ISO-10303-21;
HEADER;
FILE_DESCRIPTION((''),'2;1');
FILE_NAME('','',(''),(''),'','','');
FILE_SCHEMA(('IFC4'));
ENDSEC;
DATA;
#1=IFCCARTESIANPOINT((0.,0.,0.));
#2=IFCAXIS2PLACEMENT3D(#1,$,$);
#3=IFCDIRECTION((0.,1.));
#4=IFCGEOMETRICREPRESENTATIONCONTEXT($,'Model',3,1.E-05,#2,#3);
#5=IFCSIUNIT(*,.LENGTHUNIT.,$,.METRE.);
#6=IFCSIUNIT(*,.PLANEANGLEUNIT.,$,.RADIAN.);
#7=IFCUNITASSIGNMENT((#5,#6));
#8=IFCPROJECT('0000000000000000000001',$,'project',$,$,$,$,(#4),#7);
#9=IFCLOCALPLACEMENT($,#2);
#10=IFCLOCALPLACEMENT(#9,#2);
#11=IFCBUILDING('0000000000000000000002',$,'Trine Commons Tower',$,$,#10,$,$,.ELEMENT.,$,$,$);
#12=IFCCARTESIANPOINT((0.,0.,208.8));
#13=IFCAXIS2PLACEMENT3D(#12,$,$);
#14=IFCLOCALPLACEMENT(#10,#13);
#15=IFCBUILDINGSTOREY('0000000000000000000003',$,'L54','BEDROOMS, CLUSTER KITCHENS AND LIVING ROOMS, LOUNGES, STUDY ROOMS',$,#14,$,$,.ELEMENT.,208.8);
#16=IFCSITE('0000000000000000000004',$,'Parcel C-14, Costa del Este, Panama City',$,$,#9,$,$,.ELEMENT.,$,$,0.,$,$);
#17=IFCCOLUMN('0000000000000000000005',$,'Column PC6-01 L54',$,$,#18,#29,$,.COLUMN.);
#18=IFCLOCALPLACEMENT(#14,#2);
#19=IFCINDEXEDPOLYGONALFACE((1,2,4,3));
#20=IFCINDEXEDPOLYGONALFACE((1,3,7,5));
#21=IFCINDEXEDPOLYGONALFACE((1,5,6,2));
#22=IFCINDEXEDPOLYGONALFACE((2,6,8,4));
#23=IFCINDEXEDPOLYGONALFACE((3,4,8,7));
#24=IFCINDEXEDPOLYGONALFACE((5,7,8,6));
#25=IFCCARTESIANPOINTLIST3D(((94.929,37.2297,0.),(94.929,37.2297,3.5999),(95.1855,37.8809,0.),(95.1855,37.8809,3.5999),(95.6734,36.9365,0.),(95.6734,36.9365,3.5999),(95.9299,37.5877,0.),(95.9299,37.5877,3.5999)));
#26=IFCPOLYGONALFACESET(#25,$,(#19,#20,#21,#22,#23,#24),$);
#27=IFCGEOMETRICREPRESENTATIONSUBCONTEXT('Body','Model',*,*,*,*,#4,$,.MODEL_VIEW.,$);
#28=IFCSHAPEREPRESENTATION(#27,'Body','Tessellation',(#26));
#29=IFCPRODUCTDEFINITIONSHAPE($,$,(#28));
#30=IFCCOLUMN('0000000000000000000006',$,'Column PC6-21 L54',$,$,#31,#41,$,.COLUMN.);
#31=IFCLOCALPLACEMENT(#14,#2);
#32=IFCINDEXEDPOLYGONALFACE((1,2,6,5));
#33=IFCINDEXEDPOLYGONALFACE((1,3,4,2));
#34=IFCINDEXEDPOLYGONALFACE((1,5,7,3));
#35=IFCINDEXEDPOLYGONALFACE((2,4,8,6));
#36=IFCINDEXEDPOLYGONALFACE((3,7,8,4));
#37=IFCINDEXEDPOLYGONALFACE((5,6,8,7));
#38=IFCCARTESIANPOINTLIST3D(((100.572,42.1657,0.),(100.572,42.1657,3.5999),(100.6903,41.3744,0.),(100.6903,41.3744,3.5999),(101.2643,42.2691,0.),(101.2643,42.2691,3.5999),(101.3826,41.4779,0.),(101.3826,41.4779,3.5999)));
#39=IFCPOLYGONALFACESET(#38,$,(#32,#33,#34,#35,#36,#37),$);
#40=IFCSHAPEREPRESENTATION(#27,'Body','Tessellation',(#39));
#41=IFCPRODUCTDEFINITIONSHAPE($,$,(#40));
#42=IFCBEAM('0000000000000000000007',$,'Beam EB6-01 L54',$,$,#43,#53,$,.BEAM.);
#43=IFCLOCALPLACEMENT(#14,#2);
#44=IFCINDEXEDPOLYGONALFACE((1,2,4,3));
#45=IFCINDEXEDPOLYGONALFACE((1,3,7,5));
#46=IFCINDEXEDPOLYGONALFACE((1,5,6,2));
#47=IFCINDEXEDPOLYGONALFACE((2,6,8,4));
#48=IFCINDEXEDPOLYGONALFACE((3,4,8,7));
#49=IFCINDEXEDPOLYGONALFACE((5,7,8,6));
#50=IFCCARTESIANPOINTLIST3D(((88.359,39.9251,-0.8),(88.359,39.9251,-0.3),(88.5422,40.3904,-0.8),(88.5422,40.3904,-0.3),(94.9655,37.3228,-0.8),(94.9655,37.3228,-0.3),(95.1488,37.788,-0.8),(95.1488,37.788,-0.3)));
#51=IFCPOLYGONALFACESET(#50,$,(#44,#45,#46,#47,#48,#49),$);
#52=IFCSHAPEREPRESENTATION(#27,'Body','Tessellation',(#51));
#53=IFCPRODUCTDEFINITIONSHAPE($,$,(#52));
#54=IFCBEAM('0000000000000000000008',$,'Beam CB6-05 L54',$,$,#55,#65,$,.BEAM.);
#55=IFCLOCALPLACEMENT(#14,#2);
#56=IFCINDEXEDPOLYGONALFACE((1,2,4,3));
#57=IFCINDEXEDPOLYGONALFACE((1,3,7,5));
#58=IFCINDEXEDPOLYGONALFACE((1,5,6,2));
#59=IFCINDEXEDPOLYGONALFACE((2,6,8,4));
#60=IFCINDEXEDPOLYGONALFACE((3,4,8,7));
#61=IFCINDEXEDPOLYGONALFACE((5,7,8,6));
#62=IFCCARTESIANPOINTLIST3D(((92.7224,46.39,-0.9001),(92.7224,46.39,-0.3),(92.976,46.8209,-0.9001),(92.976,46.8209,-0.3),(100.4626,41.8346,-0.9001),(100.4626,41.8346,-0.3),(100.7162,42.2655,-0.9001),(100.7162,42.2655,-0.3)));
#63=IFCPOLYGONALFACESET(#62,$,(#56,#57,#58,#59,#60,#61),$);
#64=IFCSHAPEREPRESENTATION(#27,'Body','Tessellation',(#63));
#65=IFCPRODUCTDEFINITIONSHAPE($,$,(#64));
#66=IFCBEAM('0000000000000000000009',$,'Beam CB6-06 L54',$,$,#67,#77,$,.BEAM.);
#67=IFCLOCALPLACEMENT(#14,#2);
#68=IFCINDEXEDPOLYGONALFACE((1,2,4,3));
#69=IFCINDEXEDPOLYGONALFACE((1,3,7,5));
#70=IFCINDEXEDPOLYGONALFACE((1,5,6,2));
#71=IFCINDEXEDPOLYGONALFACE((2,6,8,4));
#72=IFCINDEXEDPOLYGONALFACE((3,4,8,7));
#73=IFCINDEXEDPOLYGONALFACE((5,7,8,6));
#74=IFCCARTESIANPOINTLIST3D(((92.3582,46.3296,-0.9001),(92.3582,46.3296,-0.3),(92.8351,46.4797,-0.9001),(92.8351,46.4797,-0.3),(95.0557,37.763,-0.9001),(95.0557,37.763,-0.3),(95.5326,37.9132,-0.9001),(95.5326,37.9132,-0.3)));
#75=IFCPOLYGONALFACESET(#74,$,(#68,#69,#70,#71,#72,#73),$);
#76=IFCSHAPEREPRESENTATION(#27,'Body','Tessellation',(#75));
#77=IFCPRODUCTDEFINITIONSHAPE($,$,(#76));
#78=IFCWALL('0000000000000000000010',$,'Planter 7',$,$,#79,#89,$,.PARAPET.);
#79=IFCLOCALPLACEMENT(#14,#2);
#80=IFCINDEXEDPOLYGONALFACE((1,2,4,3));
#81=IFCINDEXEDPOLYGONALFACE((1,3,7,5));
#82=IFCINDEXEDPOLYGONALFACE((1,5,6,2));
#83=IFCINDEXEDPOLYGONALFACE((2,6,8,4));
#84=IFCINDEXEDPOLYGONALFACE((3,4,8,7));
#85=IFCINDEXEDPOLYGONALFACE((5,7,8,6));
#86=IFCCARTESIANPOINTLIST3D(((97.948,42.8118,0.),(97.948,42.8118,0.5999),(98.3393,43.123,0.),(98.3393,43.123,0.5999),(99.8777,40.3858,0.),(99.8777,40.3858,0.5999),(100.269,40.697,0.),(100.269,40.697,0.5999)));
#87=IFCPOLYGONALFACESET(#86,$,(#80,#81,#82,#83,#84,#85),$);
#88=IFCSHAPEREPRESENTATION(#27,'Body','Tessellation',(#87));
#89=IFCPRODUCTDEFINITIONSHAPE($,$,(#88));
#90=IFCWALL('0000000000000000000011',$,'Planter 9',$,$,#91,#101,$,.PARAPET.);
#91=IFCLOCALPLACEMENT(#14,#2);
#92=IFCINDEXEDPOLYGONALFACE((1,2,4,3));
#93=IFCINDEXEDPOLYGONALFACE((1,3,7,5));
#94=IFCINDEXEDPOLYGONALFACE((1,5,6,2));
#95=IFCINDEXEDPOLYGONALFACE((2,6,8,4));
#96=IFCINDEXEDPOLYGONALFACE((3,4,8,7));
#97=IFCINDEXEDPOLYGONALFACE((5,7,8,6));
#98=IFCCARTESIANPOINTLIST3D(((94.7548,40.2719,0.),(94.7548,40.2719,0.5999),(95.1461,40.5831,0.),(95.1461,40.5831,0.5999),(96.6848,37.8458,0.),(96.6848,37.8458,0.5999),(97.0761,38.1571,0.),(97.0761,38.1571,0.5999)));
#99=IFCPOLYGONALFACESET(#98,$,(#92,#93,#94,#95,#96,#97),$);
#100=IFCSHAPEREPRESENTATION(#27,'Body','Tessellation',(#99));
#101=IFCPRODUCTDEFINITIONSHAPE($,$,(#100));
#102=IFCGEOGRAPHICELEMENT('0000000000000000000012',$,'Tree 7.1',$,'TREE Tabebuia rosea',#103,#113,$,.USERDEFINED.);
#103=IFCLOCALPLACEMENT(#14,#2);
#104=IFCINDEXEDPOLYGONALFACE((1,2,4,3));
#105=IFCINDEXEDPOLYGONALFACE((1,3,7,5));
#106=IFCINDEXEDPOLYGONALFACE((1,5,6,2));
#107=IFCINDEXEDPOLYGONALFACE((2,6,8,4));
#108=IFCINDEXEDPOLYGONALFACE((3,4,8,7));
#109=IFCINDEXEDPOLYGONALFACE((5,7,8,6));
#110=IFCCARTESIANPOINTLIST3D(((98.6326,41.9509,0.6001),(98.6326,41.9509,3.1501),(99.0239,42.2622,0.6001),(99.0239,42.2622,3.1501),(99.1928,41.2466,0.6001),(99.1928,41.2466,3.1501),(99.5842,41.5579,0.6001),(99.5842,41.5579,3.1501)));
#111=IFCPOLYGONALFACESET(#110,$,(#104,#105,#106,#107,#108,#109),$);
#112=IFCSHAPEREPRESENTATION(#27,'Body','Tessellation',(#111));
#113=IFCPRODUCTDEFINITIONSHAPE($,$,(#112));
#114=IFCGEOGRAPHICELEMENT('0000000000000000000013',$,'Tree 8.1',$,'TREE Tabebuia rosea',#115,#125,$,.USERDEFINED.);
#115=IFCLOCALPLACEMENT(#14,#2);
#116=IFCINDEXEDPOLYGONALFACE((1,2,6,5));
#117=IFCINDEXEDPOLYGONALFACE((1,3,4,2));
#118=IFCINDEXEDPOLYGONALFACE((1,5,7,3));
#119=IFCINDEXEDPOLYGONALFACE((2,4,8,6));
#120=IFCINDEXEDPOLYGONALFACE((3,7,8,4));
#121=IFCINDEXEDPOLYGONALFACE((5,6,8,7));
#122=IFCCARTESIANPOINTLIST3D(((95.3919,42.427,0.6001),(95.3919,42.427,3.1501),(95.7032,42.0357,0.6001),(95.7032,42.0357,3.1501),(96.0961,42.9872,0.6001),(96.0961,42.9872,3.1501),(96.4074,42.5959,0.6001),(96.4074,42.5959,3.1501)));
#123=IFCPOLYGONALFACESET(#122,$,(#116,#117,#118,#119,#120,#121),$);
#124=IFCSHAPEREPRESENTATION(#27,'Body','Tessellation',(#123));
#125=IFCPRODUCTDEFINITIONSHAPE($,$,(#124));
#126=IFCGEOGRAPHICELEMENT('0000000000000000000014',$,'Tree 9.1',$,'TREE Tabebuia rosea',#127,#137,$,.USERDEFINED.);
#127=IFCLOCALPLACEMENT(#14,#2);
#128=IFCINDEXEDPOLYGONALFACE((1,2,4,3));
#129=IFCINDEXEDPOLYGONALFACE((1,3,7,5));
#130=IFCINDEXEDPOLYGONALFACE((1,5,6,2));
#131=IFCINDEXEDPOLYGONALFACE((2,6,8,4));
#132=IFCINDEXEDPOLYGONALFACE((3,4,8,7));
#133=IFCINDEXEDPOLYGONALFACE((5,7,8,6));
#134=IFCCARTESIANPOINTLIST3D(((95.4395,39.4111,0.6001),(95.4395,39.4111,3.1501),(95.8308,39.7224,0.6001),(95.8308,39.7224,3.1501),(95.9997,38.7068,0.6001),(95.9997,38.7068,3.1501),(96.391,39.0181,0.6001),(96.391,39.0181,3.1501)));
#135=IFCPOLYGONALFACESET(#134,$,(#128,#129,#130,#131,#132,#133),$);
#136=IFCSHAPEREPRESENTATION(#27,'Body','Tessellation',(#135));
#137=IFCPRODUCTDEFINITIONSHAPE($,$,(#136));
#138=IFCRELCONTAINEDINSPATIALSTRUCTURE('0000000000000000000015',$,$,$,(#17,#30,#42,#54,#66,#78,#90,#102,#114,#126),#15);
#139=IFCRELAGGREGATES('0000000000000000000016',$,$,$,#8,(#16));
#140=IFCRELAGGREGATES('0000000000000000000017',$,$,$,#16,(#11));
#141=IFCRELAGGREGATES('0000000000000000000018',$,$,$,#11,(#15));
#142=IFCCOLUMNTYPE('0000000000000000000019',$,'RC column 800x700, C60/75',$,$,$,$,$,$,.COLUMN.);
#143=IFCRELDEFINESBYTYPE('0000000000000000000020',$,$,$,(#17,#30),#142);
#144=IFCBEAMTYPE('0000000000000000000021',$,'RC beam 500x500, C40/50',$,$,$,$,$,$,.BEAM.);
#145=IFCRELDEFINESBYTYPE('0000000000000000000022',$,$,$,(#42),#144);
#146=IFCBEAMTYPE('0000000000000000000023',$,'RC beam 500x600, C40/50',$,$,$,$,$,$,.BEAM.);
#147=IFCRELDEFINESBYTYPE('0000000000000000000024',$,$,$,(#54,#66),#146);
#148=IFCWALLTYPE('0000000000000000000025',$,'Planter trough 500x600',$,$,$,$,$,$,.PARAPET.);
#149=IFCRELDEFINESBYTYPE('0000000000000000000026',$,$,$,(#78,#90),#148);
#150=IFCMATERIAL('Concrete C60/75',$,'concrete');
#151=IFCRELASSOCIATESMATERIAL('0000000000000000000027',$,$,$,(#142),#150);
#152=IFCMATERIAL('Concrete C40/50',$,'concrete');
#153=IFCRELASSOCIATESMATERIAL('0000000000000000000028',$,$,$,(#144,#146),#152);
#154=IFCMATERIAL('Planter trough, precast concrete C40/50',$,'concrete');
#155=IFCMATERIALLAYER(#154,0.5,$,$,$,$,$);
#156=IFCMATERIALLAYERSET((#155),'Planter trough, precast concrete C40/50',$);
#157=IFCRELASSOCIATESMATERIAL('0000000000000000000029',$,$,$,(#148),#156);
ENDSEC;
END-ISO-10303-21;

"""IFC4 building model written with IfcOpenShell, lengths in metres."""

from ifc_helpers import new_model, si_unit, direction, frame, frame_2d, origin, origin_2d, place, context, subcontext, project, spatial, rectangle, extrude, material, layer, layer_set, material_profile, profile_set, type_object, element, save


model = new_model("IFC4")

# Units and contexts
model_context = context("Model", 3, precision=1e-05, world=origin(), true_north=direction((0.0, 1.0)))
body_context = subcontext(model_context, "Body", "Model", "MODEL_VIEW")
ifc_project = project(units=[si_unit("LENGTHUNIT", "METRE"), si_unit("PLANEANGLEUNIT", "RADIAN")], contexts=[model_context])

# Site, building, storey
site_placement = place(None, origin())
site = spatial("IfcSite", under=ifc_project, at=site_placement, Name="Parcel C-14, Costa del Este, Panama City", CompositionType="ELEMENT", RefElevation=0.0)
building_placement = place(site_placement, origin())
building = spatial("IfcBuilding", under=site, at=building_placement, Name="Trine Commons Tower", CompositionType="ELEMENT")
storey_placement = place(building_placement, frame((0.0, 0.0, 208.8)))
storey = spatial("IfcBuildingStorey", under=building, at=storey_placement, Name="L54", Description="BEDROOMS, CLUSTER KITCHENS AND LIVING ROOMS, LOUNGES, STUDY ROOMS", CompositionType="ELEMENT", Elevation=208.8)

# Columns
ifc_material_1 = material(Name="Concrete C60/75", Category="concrete")
ifc_material_profile_1 = material_profile(ifc_material_1, rectangle(XDim=0.8, YDim=0.7, at=origin_2d()), Name="RC 800x700")
ifc_profile_set_1 = profile_set([ifc_material_profile_1], Name="Concrete C60/75")
column_type = type_object("IfcColumnType", Name="RC column 800x700, C60/75", PredefinedType="COLUMN", material=ifc_profile_set_1)
for number, where, z_axis, x_axis, name in (
    (1, (95.4294, 37.4087, 0.0), (0.0, 0.0, 1.0), (-0.930418, 0.366501, 0.0), "Column PC6-01 L54"),
    (2, (100.9773, 41.8218, 0.0), (0.0, 0.0, 1.0), (-0.147809, 0.989016, 0.0), "Column PC6-21 L54"),
):
    element("IfcColumn", number, at=place(storey_placement, frame(where, z_axis=z_axis, x_axis=x_axis)), inside=storey, type_object=column_type, Name=name, PredefinedType="COLUMN", context=body_context, shape_type="SweptSolid", body=[
        extrude(rectangle(XDim=0.8, YDim=0.7, at=origin_2d()), origin(), (0.0, 0.0, 1.0), 3.5999),
    ])

# Beams
ifc_material_2 = material(Name="Concrete C40/50", Category="concrete")
ifc_material_profile_2 = material_profile(ifc_material_2, rectangle(XDim=0.5, YDim=0.5, at=origin_2d()), Name="RC 500x500")
ifc_profile_set_2 = profile_set([ifc_material_profile_2], Name="Concrete C40/50")
beam_type_1 = type_object("IfcBeamType", Name="RC beam 500x500, C40/50", PredefinedType="BEAM", material=ifc_profile_set_2)
beam_placement = place(storey_placement, frame((95.0571, 37.5554, -0.55), z_axis=(-0.93042, 0.366495, 0.0), x_axis=(-0.366495, -0.93042, 0.0)))
element("IfcBeam", 3, at=beam_placement, inside=storey, type_object=beam_type_1, Name="Beam EB6-01 L54", PredefinedType="BEAM", context=body_context, shape_type="SweptSolid", body=[
    extrude(rectangle(XDim=0.5, YDim=0.5, at=origin_2d()), origin(), (0.0, 0.0, 1.0), 7.1006),
])
ifc_material_profile_3 = material_profile(ifc_material_2, rectangle(XDim=0.5, YDim=0.6001, at=origin_2d()), Name="RC 500x600")
ifc_profile_set_3 = profile_set([ifc_material_profile_3], Name="Concrete C40/50")
beam_type_2 = type_object("IfcBeamType", Name="RC beam 500x600, C40/50", PredefinedType="BEAM", material=ifc_profile_set_3)
for number, where, z_axis, x_axis, name in (
    (4, (100.5894, 42.05, -0.6001), (-0.86182, 0.507214, 0.0), (-0.507214, -0.86182, 0.0), "Beam CB6-05 L54"),
    (5, (95.2942, 37.8381, -0.6001), (-0.300355, 0.953828, 0.0), (-0.953828, -0.300355, 0.0), "Beam CB6-06 L54"),
):
    element("IfcBeam", number, at=place(storey_placement, frame(where, z_axis=z_axis, x_axis=x_axis)), inside=storey, type_object=beam_type_2, Name=name, PredefinedType="BEAM", context=body_context, shape_type="SweptSolid", body=[
        extrude(rectangle(XDim=0.5, YDim=0.6001, at=origin_2d()), origin(), (0.0, 0.0, 1.0), 8.9812),
    ])

# Walls
ifc_material_3 = material(Name="Planter trough, precast concrete C40/50", Category="concrete")
ifc_layer_1 = layer(ifc_material_3, 0.5)
ifc_layer_set_1 = layer_set([ifc_layer_1], Name="Planter trough, precast concrete C40/50")
wall_type_1 = type_object("IfcWallType", Name="Planter trough 500x600", PredefinedType="PARAPET", material=ifc_layer_set_1)
wall_1_placement = place(storey_placement, frame((100.0732, 40.5415, 0.0), z_axis=(0.0, 0.0, 1.0), x_axis=(-0.622503, 0.782618, 0.0)))
element("IfcWall", 6, at=wall_1_placement, inside=storey, type_object=wall_type_1, Name="Planter 7", PredefinedType="PARAPET", context=body_context, shape_type="SweptSolid", body=[
    extrude(rectangle(XDim=3.0999, YDim=0.5, at=frame_2d((1.5498, 0.0))), origin(), (0.0, 0.0, 1.0), 0.5999),
])
wall_2_placement = place(storey_placement, frame((94.9504, 40.4275, 0.0), z_axis=(0.0, 0.0, 1.0), x_axis=(0.622551, -0.782579, 0.0)))
element("IfcWall", 7, at=wall_2_placement, inside=storey, type_object=wall_type_1, Name="Planter 9", PredefinedType="PARAPET", context=body_context, shape_type="SweptSolid", body=[
    extrude(rectangle(XDim=3.1001, YDim=0.5, at=frame_2d((1.55, 0.0))), origin(), (0.0, 0.0, 1.0), 0.5999),
])

# Geographic elements
for number, where, z_axis, x_axis, name in (
    (8, (99.1084, 41.7544, 0.6001), (0.0, 0.0, 1.0), (-0.622516, 0.782607, 0.0), "Tree 7.1"),
    (9, (95.8997, 42.5115, 0.6001), (0.0, 0.0, 1.0), (-0.782586, -0.622542, 0.0), "Tree 8.1"),
    (10, (95.9153, 39.2146, 0.6001), (0.0, 0.0, 1.0), (0.622516, -0.782607, 0.0), "Tree 9.1"),
):
    element("IfcGeographicElement", number, at=place(storey_placement, frame(where, z_axis=z_axis, x_axis=x_axis)), inside=storey, Name=name, ObjectType="TREE Tabebuia rosea", PredefinedType="USERDEFINED", context=body_context, shape_type="SweptSolid", body=[
        extrude(rectangle(XDim=0.8999, YDim=0.5, at=origin_2d()), origin(), (0.0, 0.0, 1.0), 2.55),
    ])

save(model, "model.ifc")
